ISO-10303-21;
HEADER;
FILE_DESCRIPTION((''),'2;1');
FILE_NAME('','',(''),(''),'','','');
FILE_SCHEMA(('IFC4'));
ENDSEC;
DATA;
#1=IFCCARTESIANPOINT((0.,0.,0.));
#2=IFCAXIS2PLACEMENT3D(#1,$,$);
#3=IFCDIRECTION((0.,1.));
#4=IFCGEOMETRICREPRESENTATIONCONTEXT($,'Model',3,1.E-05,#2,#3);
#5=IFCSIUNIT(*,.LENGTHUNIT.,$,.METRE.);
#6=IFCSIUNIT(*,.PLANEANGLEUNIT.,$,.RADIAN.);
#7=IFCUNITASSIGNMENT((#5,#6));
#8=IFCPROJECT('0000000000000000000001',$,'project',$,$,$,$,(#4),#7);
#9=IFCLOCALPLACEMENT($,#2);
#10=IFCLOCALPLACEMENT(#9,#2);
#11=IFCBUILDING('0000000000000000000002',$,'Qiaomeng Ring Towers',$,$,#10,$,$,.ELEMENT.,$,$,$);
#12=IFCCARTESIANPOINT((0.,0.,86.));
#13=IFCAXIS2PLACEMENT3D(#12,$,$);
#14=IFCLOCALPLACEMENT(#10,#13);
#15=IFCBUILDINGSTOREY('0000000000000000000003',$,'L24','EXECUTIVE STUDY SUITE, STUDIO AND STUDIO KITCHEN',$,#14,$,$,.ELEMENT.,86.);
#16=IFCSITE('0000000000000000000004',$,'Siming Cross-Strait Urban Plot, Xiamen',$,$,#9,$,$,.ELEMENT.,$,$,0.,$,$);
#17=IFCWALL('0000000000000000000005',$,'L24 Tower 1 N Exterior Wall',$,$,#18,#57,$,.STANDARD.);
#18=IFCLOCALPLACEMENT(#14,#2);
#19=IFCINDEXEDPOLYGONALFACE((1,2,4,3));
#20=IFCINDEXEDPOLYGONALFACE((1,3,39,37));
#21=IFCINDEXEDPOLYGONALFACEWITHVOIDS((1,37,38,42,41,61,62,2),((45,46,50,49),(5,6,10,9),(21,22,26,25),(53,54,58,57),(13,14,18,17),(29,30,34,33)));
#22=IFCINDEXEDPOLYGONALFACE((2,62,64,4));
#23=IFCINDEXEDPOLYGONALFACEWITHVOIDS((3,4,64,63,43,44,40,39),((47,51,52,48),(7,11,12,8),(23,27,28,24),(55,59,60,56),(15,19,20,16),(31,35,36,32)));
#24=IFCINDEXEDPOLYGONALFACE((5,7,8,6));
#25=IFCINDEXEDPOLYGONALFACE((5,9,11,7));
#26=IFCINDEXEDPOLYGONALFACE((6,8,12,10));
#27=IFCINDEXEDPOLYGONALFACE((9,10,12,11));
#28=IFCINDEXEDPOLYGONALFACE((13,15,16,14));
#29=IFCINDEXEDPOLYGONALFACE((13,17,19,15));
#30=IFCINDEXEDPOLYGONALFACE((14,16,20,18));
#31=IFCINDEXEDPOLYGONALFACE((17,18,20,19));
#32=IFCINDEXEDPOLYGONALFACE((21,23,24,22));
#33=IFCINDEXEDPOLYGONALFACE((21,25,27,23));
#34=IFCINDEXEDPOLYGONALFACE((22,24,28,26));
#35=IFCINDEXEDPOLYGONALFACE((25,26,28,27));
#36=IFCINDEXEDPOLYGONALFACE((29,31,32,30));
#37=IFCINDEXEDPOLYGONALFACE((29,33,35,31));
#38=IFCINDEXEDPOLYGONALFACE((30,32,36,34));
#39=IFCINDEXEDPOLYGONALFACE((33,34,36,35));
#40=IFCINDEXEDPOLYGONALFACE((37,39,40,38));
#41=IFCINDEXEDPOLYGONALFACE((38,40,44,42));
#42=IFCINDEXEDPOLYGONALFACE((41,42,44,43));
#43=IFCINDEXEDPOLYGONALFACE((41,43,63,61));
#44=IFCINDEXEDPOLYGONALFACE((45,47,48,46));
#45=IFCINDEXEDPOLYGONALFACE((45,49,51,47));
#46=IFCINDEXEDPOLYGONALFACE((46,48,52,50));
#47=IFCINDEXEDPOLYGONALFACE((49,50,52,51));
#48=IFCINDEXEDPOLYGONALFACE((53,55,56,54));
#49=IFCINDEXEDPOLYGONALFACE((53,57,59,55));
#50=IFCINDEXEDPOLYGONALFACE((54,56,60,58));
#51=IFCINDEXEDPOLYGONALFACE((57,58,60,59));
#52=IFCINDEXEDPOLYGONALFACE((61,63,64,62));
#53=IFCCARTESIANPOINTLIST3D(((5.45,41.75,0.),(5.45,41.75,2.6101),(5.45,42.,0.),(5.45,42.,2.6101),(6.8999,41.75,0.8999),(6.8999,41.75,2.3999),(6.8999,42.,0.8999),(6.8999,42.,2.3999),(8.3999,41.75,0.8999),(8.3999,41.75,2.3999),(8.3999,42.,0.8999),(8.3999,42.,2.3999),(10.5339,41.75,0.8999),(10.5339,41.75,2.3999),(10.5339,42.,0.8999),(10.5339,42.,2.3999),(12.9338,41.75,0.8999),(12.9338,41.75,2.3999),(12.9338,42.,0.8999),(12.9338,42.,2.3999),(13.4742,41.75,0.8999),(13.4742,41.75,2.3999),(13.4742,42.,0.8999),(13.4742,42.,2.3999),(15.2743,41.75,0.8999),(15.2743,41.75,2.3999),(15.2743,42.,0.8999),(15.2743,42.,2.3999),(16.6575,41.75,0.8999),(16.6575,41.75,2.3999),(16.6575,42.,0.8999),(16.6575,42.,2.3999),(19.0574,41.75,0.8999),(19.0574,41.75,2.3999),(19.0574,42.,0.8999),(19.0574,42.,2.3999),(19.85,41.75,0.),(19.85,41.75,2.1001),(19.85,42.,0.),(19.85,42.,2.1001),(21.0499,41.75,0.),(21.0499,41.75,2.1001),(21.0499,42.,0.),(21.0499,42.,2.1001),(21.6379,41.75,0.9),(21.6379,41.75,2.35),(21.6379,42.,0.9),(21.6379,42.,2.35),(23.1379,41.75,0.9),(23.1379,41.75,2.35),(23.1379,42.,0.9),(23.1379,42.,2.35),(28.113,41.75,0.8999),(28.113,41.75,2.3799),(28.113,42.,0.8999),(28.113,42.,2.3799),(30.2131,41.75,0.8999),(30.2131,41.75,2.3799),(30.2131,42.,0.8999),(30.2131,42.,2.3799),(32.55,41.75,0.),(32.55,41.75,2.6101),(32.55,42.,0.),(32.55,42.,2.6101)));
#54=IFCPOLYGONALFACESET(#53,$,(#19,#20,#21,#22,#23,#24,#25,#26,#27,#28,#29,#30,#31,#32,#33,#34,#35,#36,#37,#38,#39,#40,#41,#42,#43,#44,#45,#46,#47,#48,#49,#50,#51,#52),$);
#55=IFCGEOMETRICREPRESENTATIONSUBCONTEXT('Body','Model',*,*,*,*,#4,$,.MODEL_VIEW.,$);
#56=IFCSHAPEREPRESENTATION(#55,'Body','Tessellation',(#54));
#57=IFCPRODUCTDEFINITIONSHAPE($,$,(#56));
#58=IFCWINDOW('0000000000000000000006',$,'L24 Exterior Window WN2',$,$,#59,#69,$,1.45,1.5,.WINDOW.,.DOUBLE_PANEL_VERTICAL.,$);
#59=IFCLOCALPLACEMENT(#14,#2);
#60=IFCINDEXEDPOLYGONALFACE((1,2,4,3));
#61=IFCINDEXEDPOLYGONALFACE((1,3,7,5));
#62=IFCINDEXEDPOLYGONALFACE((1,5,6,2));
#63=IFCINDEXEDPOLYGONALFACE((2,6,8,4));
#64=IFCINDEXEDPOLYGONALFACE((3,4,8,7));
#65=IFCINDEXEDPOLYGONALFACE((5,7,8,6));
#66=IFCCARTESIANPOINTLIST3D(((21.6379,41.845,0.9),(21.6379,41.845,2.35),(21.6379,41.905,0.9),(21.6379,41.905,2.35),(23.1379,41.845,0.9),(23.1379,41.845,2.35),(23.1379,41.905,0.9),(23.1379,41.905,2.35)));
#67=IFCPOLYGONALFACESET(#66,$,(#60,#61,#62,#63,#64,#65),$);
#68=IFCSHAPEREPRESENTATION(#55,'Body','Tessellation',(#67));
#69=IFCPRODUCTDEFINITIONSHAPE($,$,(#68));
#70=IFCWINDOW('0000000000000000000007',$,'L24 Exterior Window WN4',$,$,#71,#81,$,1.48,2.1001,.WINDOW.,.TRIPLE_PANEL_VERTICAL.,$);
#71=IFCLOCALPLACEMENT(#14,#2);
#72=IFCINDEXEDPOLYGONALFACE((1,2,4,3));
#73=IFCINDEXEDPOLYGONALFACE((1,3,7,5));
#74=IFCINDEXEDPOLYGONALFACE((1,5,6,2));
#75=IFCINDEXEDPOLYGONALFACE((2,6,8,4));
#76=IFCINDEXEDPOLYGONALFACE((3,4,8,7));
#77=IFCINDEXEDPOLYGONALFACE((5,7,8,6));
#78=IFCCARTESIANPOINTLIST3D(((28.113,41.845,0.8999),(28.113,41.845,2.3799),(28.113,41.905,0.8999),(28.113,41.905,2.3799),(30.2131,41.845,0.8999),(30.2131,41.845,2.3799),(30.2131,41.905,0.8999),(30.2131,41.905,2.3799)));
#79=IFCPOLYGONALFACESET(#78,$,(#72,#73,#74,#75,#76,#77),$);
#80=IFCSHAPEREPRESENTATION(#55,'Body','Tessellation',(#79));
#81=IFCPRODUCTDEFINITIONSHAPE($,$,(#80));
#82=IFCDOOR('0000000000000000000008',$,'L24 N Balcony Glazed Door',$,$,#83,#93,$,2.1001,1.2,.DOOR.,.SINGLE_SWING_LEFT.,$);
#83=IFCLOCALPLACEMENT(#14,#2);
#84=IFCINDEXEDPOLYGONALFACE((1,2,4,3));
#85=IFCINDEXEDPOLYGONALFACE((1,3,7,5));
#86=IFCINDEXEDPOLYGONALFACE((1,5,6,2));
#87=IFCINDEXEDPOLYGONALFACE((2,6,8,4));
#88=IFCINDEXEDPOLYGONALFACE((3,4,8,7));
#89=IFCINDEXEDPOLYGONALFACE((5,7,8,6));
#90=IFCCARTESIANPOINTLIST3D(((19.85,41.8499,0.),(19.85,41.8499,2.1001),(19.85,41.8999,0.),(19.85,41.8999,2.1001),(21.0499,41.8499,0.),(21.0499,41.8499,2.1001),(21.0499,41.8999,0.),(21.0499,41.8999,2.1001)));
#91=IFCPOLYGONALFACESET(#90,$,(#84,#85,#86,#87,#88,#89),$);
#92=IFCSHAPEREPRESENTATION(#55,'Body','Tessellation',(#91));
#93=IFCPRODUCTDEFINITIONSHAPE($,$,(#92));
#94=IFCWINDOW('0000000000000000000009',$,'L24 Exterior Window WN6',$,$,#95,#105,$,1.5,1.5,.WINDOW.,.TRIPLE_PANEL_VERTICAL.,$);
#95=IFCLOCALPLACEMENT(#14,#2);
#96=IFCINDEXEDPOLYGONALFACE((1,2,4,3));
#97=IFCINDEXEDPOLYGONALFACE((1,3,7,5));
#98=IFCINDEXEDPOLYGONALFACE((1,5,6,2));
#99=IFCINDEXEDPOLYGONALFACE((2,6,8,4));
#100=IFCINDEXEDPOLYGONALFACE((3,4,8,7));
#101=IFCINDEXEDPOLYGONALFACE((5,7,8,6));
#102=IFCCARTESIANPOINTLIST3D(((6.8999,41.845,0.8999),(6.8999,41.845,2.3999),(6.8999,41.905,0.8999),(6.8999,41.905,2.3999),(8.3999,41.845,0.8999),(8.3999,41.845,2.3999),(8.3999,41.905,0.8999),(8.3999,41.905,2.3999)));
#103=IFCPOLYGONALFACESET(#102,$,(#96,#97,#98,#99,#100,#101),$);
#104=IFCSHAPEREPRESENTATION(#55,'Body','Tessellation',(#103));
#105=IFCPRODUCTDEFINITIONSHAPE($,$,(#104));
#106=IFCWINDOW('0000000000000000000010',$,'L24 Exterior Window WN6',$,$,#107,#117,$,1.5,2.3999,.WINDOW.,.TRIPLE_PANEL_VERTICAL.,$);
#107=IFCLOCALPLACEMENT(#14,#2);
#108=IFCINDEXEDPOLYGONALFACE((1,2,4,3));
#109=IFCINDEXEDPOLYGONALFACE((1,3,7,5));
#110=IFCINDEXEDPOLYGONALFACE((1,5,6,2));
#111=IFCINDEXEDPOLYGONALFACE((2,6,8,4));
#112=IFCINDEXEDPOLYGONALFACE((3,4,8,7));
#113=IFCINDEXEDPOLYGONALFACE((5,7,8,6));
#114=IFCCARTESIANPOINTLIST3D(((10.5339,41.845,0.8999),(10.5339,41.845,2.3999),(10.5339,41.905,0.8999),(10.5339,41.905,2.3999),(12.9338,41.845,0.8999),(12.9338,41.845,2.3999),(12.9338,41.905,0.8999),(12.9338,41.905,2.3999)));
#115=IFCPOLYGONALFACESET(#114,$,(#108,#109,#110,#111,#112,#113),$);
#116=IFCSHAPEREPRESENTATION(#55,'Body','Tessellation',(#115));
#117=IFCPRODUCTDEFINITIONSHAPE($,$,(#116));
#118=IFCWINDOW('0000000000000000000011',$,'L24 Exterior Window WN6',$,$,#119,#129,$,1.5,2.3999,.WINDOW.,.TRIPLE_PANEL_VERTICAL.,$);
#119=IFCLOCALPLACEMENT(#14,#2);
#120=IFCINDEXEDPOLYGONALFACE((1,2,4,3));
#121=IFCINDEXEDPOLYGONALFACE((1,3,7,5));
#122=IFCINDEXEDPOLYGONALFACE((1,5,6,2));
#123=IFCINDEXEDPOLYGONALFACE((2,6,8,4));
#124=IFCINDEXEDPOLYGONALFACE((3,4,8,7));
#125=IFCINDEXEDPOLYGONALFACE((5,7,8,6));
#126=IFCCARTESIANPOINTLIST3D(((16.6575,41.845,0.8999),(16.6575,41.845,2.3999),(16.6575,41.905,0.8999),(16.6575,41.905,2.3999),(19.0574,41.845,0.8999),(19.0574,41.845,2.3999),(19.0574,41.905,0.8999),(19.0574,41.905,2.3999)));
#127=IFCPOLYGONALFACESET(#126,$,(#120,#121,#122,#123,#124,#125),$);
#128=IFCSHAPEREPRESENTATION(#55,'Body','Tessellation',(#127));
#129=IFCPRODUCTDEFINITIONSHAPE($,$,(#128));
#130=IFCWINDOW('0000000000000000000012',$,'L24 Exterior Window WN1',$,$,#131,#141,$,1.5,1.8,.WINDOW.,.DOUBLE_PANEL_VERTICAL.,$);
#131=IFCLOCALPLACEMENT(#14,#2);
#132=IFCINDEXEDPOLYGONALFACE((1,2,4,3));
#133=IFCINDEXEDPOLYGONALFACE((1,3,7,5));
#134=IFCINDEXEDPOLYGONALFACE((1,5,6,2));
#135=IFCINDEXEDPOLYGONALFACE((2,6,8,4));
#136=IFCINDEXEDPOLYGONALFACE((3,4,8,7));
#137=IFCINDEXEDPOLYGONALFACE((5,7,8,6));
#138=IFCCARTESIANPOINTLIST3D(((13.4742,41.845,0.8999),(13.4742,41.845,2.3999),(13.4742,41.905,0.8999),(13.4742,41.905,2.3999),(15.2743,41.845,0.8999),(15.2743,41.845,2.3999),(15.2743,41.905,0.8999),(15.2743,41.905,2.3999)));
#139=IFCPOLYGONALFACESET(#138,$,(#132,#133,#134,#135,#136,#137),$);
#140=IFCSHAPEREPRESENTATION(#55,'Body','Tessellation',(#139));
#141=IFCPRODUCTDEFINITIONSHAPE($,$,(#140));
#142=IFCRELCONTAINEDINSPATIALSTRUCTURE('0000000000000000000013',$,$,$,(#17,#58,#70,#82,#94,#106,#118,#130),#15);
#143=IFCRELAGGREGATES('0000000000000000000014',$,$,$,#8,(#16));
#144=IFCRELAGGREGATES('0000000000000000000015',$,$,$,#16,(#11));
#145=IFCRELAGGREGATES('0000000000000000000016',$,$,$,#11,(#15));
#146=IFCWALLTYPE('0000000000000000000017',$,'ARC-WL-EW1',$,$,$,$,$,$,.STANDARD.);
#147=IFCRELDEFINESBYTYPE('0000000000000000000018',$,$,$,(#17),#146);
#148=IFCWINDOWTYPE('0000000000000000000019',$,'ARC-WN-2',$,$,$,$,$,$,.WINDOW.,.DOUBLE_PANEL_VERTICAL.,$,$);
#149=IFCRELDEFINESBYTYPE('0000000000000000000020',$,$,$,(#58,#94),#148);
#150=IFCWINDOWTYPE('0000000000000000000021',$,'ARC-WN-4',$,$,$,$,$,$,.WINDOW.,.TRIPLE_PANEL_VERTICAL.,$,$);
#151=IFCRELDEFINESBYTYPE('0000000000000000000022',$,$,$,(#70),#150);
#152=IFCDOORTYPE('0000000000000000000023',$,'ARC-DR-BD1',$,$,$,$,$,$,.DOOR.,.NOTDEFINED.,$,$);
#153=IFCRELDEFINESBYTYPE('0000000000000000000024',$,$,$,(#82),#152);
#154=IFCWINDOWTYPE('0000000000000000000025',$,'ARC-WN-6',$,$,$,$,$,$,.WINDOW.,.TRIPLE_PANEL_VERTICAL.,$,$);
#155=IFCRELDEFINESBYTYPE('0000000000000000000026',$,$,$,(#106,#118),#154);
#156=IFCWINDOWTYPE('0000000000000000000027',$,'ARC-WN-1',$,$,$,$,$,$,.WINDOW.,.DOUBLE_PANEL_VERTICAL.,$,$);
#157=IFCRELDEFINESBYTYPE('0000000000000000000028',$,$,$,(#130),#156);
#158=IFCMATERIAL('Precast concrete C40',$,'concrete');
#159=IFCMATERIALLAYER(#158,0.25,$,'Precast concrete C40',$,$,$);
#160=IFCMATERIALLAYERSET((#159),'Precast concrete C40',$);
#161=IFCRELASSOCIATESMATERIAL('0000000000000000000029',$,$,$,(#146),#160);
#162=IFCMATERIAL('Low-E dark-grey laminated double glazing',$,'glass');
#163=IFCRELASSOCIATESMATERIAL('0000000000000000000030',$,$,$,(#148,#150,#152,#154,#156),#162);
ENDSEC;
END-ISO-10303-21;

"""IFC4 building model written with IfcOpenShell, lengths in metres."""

from ifc_helpers import new_model, si_unit, direction, frame, frame_2d, origin, place, context, subcontext, project, spatial, rectangle, extrude, source, transform, mapped, material, layer, layer_set, type_object, element, fill, save


model = new_model("IFC4")

# Units and contexts
model_context = context("Model", 3, precision=1e-05, world=origin(), true_north=direction((0.0, 1.0)))
body_context = subcontext(model_context, "Body", "Model", "MODEL_VIEW")
ifc_project = project(units=[si_unit("LENGTHUNIT", "METRE"), si_unit("PLANEANGLEUNIT", "RADIAN")], contexts=[model_context])

# Site, building, storey
site_placement = place(None, origin())
site = spatial("IfcSite", under=ifc_project, at=site_placement, Name="Siming Cross-Strait Urban Plot, Xiamen", CompositionType="ELEMENT", RefElevation=0.0)
building_placement = place(site_placement, origin())
building = spatial("IfcBuilding", under=site, at=building_placement, Name="Qiaomeng Ring Towers", CompositionType="ELEMENT")
storey_placement = place(building_placement, frame((0.0, 0.0, 86.0)))
storey = spatial("IfcBuildingStorey", under=building, at=storey_placement, Name="L24", Description="EXECUTIVE STUDY SUITE, STUDIO AND STUDIO KITCHEN", CompositionType="ELEMENT", Elevation=86.0)

# Shared definitions
ifc_material_1 = material(Name="Low-E dark-grey laminated double glazing", Category="glass")

# Wall, openings, windows, door
ifc_material_2 = material(Name="Precast concrete C40", Category="concrete")
ifc_layer_1 = layer(ifc_material_2, 0.25, Name="Precast concrete C40")
ifc_layer_set_1 = layer_set([ifc_layer_1], Name="Precast concrete C40")
wall_type_1 = type_object("IfcWallType", Name="ARC-WL-EW1", PredefinedType="STANDARD", material=ifc_layer_set_1)
wall_1_placement = place(storey_placement, frame((5.45, 41.875, 0.0), z_axis=(0.0, 0.0, 1.0), x_axis=(1.0, 0.0, 0.0)))
wall_1 = element("IfcWall", 1, at=wall_1_placement, inside=storey, type_object=wall_type_1, Name="L24 Tower 1 N Exterior Wall", PredefinedType="STANDARD", context=body_context, shape_type="SweptSolid", body=[
    extrude(rectangle(XDim=27.1001, YDim=0.25, at=frame_2d((13.55, 0.0))), origin(), (0.0, 0.0, 1.0), 2.6101),
])
opening_1_placement = place(wall_1_placement, frame((14.3999, 0.0, 0.0)))
opening_1 = element("IfcOpeningElement", 2, at=opening_1_placement, cuts=wall_1, PredefinedType="OPENING", context=body_context, shape_type="SweptSolid", body=[
    extrude(rectangle(XDim=1.2, YDim=2.1001, at=frame_2d((0.6001, 1.05))), frame((0.0, 0.135, 0.0), z_axis=(0.0, -1.0, 0.0), x_axis=(1.0, 0.0, 0.0)), (0.0, 0.0, 1.0), 0.27),
])
opening_2_placement = place(wall_1_placement, frame((1.45, 0.0, 0.8999)))
opening_2 = element("IfcOpeningElement", 3, at=opening_2_placement, cuts=wall_1, PredefinedType="OPENING", context=body_context, shape_type="SweptSolid", body=[
    extrude(rectangle(XDim=1.5, YDim=1.5, at=frame_2d((0.75, 0.75))), frame((0.0, 0.135, 0.0), z_axis=(0.0, -1.0, 0.0), x_axis=(1.0, 0.0, 0.0)), (0.0, 0.0, 1.0), 0.27),
])
opening_3_placement = place(wall_1_placement, frame((8.0244, 0.0, 0.8999)))
opening_3 = element("IfcOpeningElement", 4, at=opening_3_placement, cuts=wall_1, PredefinedType="OPENING", context=body_context, shape_type="SweptSolid", body=[
    extrude(rectangle(XDim=1.8, YDim=1.5, at=frame_2d((0.8999, 0.75))), frame((0.0, 0.135, 0.0), z_axis=(0.0, -1.0, 0.0), x_axis=(1.0, 0.0, 0.0)), (0.0, 0.0, 1.0), 0.27),
])
opening_4_placement = place(wall_1_placement, frame((16.188, 0.0, 0.8999)))
opening_4 = element("IfcOpeningElement", 5, at=opening_4_placement, cuts=wall_1, PredefinedType="OPENING", context=body_context, shape_type="SweptSolid", body=[
    extrude(rectangle(XDim=1.5, YDim=1.45, at=frame_2d((0.75, 0.7251))), frame((0.0, 0.135, 0.0), z_axis=(0.0, -1.0, 0.0), x_axis=(1.0, 0.0, 0.0)), (0.0, 0.0, 1.0), 0.27),
])
opening_5_placement = place(wall_1_placement, frame((22.6631, 0.0, 0.8999)))
opening_5 = element("IfcOpeningElement", 6, at=opening_5_placement, cuts=wall_1, PredefinedType="OPENING", context=body_context, shape_type="SweptSolid", body=[
    extrude(rectangle(XDim=2.1001, YDim=1.48, at=frame_2d((1.05, 0.74))), frame((0.0, 0.135, 0.0), z_axis=(0.0, -1.0, 0.0), x_axis=(1.0, 0.0, 0.0)), (0.0, 0.0, 1.0), 0.27),
])
opening_6_placement = place(wall_1_placement, frame((5.084, 0.0, 0.8999)))
opening_6 = element("IfcOpeningElement", 7, at=opening_6_placement, cuts=wall_1, PredefinedType="OPENING", context=body_context, shape_type="SweptSolid", body=[
    extrude(rectangle(XDim=2.3999, YDim=1.5, at=frame_2d((1.2, 0.75))), frame((0.0, 0.135, 0.0), z_axis=(0.0, -1.0, 0.0), x_axis=(1.0, 0.0, 0.0)), (0.0, 0.0, 1.0), 0.27),
])
opening_7_placement = place(wall_1_placement, frame((11.2075, 0.0, 0.8999)))
opening_7 = element("IfcOpeningElement", 8, at=opening_7_placement, cuts=wall_1, PredefinedType="OPENING", context=body_context, shape_type="SweptSolid", body=[
    extrude(rectangle(XDim=2.3999, YDim=1.5, at=frame_2d((1.2, 0.75))), frame((0.0, 0.135, 0.0), z_axis=(0.0, -1.0, 0.0), x_axis=(1.0, 0.0, 0.0)), (0.0, 0.0, 1.0), 0.27),
])
window_type_1 = type_object("IfcWindowType", Name="ARC-WN-2", PartitioningType="DOUBLE_PANEL_VERTICAL", PredefinedType="WINDOW", material=ifc_material_1)
shared_shape_1 = source(origin(), body_context, "Body", "SweptSolid", [
    extrude(rectangle(XDim=1.5, YDim=1.45, at=frame_2d((0.75, 0.7251))), frame((0.0, 0.03, 0.0), z_axis=(0.0, -1.0, 0.0), x_axis=(1.0, 0.0, 0.0)), (0.0, 0.0, 1.0), 0.0601),
])
window_1_placement = place(opening_4_placement, origin())
window_1 = element("IfcWindow", 9, at=window_1_placement, inside=storey, type_object=window_type_1, Name="L24 Exterior Window WN2", OverallHeight=1.45, OverallWidth=1.5, PartitioningType="DOUBLE_PANEL_VERTICAL", PredefinedType="WINDOW", context=body_context, shape_type="MappedRepresentation", body=[
    mapped(shared_shape_1, transform((0.0, 0.0, 0.0), x_axis=(1.0, 0.0, 0.0), y_axis=(0.0, 1.0, 0.0), z_axis=(0.0, 0.0, 1.0), scale=1.0)),
])
fill(opening_4, window_1)
window_type_2 = type_object("IfcWindowType", Name="ARC-WN-4", PartitioningType="TRIPLE_PANEL_VERTICAL", PredefinedType="WINDOW", material=ifc_material_1)
shared_shape_2 = source(origin(), body_context, "Body", "SweptSolid", [
    extrude(rectangle(XDim=2.1001, YDim=1.48, at=frame_2d((1.05, 0.74))), frame((0.0, 0.03, 0.0), z_axis=(0.0, -1.0, 0.0), x_axis=(1.0, 0.0, 0.0)), (0.0, 0.0, 1.0), 0.0601),
])
window_2_placement = place(opening_5_placement, origin())
window_2 = element("IfcWindow", 10, at=window_2_placement, inside=storey, type_object=window_type_2, Name="L24 Exterior Window WN4", OverallHeight=1.48, OverallWidth=2.1001, PartitioningType="TRIPLE_PANEL_VERTICAL", PredefinedType="WINDOW", context=body_context, shape_type="MappedRepresentation", body=[
    mapped(shared_shape_2, transform((0.0, 0.0, 0.0), x_axis=(1.0, 0.0, 0.0), y_axis=(0.0, 1.0, 0.0), z_axis=(0.0, 0.0, 1.0), scale=1.0)),
])
fill(opening_5, window_2)
door_type_1 = type_object("IfcDoorType", Name="ARC-DR-BD1", OperationType="NOTDEFINED", PredefinedType="DOOR", material=ifc_material_1)
shared_shape_3 = source(origin(), body_context, "Body", "SweptSolid", [
    extrude(rectangle(XDim=1.2, YDim=2.1001, at=frame_2d((0.6001, 1.05))), frame((0.0, 0.0249, 0.0), z_axis=(0.0, -1.0, 0.0), x_axis=(1.0, 0.0, 0.0)), (0.0, 0.0, 1.0), 0.05),
])
door_1_placement = place(opening_1_placement, origin())
door_1 = element("IfcDoor", 11, at=door_1_placement, inside=storey, type_object=door_type_1, Name="L24 N Balcony Glazed Door", OperationType="SINGLE_SWING_LEFT", OverallHeight=2.1001, OverallWidth=1.2, PredefinedType="DOOR", context=body_context, shape_type="MappedRepresentation", body=[
    mapped(shared_shape_3, transform((0.0, 0.0, 0.0), x_axis=(1.0, 0.0, 0.0), y_axis=(0.0, 1.0, 0.0), z_axis=(0.0, 0.0, 1.0), scale=1.0)),
])
fill(opening_1, door_1)
shared_shape_4 = source(origin(), body_context, "Body", "SweptSolid", [
    extrude(rectangle(XDim=1.5, YDim=1.5, at=frame_2d((0.75, 0.75))), frame((0.0, 0.03, 0.0), z_axis=(0.0, -1.0, 0.0), x_axis=(1.0, 0.0, 0.0)), (0.0, 0.0, 1.0), 0.0601),
])
window_3_placement = place(opening_2_placement, origin())
window_3 = element("IfcWindow", 12, at=window_3_placement, inside=storey, type_object=window_type_1, Name="L24 Exterior Window WN6", OverallHeight=1.5, OverallWidth=1.5, PartitioningType="TRIPLE_PANEL_VERTICAL", PredefinedType="WINDOW", context=body_context, shape_type="MappedRepresentation", body=[
    mapped(shared_shape_4, transform((0.0, 0.0, 0.0), x_axis=(1.0, 0.0, 0.0), y_axis=(0.0, 1.0, 0.0), z_axis=(0.0, 0.0, 1.0), scale=1.0)),
])
fill(opening_2, window_3)
window_type_3 = type_object("IfcWindowType", Name="ARC-WN-6", PartitioningType="TRIPLE_PANEL_VERTICAL", PredefinedType="WINDOW", material=ifc_material_1)
shared_shape_5 = source(origin(), body_context, "Body", "SweptSolid", [
    extrude(rectangle(XDim=2.3999, YDim=1.5, at=frame_2d((1.2, 0.75))), frame((0.0, 0.03, 0.0), z_axis=(0.0, -1.0, 0.0), x_axis=(1.0, 0.0, 0.0)), (0.0, 0.0, 1.0), 0.0601),
])
window_4_placement = place(opening_6_placement, origin())
window_4 = element("IfcWindow", 13, at=window_4_placement, inside=storey, type_object=window_type_3, Name="L24 Exterior Window WN6", OverallHeight=1.5, OverallWidth=2.3999, PartitioningType="TRIPLE_PANEL_VERTICAL", PredefinedType="WINDOW", context=body_context, shape_type="MappedRepresentation", body=[
    mapped(shared_shape_5, transform((0.0, 0.0, 0.0), x_axis=(1.0, 0.0, 0.0), y_axis=(0.0, 1.0, 0.0), z_axis=(0.0, 0.0, 1.0), scale=1.0)),
])
fill(opening_6, window_4)
window_5_placement = place(opening_7_placement, origin())
window_5 = element("IfcWindow", 14, at=window_5_placement, inside=storey, type_object=window_type_3, Name="L24 Exterior Window WN6", OverallHeight=1.5, OverallWidth=2.3999, PartitioningType="TRIPLE_PANEL_VERTICAL", PredefinedType="WINDOW", context=body_context, shape_type="MappedRepresentation", body=[
    mapped(shared_shape_5, transform((0.0, 0.0, 0.0), x_axis=(1.0, 0.0, 0.0), y_axis=(0.0, 1.0, 0.0), z_axis=(0.0, 0.0, 1.0), scale=1.0)),
])
fill(opening_7, window_5)
window_type_4 = type_object("IfcWindowType", Name="ARC-WN-1", PartitioningType="DOUBLE_PANEL_VERTICAL", PredefinedType="WINDOW", material=ifc_material_1)
shared_shape_6 = source(origin(), body_context, "Body", "SweptSolid", [
    extrude(rectangle(XDim=1.8, YDim=1.5, at=frame_2d((0.8999, 0.75))), frame((0.0, 0.03, 0.0), z_axis=(0.0, -1.0, 0.0), x_axis=(1.0, 0.0, 0.0)), (0.0, 0.0, 1.0), 0.0601),
])
window_6_placement = place(opening_3_placement, origin())
window_6 = element("IfcWindow", 15, at=window_6_placement, inside=storey, type_object=window_type_4, Name="L24 Exterior Window WN1", OverallHeight=1.5, OverallWidth=1.8, PartitioningType="DOUBLE_PANEL_VERTICAL", PredefinedType="WINDOW", context=body_context, shape_type="MappedRepresentation", body=[
    mapped(shared_shape_6, transform((0.0, 0.0, 0.0), x_axis=(1.0, 0.0, 0.0), y_axis=(0.0, 1.0, 0.0), z_axis=(0.0, 0.0, 1.0), scale=1.0)),
])
fill(opening_3, window_6)

save(model, "model.ifc")
